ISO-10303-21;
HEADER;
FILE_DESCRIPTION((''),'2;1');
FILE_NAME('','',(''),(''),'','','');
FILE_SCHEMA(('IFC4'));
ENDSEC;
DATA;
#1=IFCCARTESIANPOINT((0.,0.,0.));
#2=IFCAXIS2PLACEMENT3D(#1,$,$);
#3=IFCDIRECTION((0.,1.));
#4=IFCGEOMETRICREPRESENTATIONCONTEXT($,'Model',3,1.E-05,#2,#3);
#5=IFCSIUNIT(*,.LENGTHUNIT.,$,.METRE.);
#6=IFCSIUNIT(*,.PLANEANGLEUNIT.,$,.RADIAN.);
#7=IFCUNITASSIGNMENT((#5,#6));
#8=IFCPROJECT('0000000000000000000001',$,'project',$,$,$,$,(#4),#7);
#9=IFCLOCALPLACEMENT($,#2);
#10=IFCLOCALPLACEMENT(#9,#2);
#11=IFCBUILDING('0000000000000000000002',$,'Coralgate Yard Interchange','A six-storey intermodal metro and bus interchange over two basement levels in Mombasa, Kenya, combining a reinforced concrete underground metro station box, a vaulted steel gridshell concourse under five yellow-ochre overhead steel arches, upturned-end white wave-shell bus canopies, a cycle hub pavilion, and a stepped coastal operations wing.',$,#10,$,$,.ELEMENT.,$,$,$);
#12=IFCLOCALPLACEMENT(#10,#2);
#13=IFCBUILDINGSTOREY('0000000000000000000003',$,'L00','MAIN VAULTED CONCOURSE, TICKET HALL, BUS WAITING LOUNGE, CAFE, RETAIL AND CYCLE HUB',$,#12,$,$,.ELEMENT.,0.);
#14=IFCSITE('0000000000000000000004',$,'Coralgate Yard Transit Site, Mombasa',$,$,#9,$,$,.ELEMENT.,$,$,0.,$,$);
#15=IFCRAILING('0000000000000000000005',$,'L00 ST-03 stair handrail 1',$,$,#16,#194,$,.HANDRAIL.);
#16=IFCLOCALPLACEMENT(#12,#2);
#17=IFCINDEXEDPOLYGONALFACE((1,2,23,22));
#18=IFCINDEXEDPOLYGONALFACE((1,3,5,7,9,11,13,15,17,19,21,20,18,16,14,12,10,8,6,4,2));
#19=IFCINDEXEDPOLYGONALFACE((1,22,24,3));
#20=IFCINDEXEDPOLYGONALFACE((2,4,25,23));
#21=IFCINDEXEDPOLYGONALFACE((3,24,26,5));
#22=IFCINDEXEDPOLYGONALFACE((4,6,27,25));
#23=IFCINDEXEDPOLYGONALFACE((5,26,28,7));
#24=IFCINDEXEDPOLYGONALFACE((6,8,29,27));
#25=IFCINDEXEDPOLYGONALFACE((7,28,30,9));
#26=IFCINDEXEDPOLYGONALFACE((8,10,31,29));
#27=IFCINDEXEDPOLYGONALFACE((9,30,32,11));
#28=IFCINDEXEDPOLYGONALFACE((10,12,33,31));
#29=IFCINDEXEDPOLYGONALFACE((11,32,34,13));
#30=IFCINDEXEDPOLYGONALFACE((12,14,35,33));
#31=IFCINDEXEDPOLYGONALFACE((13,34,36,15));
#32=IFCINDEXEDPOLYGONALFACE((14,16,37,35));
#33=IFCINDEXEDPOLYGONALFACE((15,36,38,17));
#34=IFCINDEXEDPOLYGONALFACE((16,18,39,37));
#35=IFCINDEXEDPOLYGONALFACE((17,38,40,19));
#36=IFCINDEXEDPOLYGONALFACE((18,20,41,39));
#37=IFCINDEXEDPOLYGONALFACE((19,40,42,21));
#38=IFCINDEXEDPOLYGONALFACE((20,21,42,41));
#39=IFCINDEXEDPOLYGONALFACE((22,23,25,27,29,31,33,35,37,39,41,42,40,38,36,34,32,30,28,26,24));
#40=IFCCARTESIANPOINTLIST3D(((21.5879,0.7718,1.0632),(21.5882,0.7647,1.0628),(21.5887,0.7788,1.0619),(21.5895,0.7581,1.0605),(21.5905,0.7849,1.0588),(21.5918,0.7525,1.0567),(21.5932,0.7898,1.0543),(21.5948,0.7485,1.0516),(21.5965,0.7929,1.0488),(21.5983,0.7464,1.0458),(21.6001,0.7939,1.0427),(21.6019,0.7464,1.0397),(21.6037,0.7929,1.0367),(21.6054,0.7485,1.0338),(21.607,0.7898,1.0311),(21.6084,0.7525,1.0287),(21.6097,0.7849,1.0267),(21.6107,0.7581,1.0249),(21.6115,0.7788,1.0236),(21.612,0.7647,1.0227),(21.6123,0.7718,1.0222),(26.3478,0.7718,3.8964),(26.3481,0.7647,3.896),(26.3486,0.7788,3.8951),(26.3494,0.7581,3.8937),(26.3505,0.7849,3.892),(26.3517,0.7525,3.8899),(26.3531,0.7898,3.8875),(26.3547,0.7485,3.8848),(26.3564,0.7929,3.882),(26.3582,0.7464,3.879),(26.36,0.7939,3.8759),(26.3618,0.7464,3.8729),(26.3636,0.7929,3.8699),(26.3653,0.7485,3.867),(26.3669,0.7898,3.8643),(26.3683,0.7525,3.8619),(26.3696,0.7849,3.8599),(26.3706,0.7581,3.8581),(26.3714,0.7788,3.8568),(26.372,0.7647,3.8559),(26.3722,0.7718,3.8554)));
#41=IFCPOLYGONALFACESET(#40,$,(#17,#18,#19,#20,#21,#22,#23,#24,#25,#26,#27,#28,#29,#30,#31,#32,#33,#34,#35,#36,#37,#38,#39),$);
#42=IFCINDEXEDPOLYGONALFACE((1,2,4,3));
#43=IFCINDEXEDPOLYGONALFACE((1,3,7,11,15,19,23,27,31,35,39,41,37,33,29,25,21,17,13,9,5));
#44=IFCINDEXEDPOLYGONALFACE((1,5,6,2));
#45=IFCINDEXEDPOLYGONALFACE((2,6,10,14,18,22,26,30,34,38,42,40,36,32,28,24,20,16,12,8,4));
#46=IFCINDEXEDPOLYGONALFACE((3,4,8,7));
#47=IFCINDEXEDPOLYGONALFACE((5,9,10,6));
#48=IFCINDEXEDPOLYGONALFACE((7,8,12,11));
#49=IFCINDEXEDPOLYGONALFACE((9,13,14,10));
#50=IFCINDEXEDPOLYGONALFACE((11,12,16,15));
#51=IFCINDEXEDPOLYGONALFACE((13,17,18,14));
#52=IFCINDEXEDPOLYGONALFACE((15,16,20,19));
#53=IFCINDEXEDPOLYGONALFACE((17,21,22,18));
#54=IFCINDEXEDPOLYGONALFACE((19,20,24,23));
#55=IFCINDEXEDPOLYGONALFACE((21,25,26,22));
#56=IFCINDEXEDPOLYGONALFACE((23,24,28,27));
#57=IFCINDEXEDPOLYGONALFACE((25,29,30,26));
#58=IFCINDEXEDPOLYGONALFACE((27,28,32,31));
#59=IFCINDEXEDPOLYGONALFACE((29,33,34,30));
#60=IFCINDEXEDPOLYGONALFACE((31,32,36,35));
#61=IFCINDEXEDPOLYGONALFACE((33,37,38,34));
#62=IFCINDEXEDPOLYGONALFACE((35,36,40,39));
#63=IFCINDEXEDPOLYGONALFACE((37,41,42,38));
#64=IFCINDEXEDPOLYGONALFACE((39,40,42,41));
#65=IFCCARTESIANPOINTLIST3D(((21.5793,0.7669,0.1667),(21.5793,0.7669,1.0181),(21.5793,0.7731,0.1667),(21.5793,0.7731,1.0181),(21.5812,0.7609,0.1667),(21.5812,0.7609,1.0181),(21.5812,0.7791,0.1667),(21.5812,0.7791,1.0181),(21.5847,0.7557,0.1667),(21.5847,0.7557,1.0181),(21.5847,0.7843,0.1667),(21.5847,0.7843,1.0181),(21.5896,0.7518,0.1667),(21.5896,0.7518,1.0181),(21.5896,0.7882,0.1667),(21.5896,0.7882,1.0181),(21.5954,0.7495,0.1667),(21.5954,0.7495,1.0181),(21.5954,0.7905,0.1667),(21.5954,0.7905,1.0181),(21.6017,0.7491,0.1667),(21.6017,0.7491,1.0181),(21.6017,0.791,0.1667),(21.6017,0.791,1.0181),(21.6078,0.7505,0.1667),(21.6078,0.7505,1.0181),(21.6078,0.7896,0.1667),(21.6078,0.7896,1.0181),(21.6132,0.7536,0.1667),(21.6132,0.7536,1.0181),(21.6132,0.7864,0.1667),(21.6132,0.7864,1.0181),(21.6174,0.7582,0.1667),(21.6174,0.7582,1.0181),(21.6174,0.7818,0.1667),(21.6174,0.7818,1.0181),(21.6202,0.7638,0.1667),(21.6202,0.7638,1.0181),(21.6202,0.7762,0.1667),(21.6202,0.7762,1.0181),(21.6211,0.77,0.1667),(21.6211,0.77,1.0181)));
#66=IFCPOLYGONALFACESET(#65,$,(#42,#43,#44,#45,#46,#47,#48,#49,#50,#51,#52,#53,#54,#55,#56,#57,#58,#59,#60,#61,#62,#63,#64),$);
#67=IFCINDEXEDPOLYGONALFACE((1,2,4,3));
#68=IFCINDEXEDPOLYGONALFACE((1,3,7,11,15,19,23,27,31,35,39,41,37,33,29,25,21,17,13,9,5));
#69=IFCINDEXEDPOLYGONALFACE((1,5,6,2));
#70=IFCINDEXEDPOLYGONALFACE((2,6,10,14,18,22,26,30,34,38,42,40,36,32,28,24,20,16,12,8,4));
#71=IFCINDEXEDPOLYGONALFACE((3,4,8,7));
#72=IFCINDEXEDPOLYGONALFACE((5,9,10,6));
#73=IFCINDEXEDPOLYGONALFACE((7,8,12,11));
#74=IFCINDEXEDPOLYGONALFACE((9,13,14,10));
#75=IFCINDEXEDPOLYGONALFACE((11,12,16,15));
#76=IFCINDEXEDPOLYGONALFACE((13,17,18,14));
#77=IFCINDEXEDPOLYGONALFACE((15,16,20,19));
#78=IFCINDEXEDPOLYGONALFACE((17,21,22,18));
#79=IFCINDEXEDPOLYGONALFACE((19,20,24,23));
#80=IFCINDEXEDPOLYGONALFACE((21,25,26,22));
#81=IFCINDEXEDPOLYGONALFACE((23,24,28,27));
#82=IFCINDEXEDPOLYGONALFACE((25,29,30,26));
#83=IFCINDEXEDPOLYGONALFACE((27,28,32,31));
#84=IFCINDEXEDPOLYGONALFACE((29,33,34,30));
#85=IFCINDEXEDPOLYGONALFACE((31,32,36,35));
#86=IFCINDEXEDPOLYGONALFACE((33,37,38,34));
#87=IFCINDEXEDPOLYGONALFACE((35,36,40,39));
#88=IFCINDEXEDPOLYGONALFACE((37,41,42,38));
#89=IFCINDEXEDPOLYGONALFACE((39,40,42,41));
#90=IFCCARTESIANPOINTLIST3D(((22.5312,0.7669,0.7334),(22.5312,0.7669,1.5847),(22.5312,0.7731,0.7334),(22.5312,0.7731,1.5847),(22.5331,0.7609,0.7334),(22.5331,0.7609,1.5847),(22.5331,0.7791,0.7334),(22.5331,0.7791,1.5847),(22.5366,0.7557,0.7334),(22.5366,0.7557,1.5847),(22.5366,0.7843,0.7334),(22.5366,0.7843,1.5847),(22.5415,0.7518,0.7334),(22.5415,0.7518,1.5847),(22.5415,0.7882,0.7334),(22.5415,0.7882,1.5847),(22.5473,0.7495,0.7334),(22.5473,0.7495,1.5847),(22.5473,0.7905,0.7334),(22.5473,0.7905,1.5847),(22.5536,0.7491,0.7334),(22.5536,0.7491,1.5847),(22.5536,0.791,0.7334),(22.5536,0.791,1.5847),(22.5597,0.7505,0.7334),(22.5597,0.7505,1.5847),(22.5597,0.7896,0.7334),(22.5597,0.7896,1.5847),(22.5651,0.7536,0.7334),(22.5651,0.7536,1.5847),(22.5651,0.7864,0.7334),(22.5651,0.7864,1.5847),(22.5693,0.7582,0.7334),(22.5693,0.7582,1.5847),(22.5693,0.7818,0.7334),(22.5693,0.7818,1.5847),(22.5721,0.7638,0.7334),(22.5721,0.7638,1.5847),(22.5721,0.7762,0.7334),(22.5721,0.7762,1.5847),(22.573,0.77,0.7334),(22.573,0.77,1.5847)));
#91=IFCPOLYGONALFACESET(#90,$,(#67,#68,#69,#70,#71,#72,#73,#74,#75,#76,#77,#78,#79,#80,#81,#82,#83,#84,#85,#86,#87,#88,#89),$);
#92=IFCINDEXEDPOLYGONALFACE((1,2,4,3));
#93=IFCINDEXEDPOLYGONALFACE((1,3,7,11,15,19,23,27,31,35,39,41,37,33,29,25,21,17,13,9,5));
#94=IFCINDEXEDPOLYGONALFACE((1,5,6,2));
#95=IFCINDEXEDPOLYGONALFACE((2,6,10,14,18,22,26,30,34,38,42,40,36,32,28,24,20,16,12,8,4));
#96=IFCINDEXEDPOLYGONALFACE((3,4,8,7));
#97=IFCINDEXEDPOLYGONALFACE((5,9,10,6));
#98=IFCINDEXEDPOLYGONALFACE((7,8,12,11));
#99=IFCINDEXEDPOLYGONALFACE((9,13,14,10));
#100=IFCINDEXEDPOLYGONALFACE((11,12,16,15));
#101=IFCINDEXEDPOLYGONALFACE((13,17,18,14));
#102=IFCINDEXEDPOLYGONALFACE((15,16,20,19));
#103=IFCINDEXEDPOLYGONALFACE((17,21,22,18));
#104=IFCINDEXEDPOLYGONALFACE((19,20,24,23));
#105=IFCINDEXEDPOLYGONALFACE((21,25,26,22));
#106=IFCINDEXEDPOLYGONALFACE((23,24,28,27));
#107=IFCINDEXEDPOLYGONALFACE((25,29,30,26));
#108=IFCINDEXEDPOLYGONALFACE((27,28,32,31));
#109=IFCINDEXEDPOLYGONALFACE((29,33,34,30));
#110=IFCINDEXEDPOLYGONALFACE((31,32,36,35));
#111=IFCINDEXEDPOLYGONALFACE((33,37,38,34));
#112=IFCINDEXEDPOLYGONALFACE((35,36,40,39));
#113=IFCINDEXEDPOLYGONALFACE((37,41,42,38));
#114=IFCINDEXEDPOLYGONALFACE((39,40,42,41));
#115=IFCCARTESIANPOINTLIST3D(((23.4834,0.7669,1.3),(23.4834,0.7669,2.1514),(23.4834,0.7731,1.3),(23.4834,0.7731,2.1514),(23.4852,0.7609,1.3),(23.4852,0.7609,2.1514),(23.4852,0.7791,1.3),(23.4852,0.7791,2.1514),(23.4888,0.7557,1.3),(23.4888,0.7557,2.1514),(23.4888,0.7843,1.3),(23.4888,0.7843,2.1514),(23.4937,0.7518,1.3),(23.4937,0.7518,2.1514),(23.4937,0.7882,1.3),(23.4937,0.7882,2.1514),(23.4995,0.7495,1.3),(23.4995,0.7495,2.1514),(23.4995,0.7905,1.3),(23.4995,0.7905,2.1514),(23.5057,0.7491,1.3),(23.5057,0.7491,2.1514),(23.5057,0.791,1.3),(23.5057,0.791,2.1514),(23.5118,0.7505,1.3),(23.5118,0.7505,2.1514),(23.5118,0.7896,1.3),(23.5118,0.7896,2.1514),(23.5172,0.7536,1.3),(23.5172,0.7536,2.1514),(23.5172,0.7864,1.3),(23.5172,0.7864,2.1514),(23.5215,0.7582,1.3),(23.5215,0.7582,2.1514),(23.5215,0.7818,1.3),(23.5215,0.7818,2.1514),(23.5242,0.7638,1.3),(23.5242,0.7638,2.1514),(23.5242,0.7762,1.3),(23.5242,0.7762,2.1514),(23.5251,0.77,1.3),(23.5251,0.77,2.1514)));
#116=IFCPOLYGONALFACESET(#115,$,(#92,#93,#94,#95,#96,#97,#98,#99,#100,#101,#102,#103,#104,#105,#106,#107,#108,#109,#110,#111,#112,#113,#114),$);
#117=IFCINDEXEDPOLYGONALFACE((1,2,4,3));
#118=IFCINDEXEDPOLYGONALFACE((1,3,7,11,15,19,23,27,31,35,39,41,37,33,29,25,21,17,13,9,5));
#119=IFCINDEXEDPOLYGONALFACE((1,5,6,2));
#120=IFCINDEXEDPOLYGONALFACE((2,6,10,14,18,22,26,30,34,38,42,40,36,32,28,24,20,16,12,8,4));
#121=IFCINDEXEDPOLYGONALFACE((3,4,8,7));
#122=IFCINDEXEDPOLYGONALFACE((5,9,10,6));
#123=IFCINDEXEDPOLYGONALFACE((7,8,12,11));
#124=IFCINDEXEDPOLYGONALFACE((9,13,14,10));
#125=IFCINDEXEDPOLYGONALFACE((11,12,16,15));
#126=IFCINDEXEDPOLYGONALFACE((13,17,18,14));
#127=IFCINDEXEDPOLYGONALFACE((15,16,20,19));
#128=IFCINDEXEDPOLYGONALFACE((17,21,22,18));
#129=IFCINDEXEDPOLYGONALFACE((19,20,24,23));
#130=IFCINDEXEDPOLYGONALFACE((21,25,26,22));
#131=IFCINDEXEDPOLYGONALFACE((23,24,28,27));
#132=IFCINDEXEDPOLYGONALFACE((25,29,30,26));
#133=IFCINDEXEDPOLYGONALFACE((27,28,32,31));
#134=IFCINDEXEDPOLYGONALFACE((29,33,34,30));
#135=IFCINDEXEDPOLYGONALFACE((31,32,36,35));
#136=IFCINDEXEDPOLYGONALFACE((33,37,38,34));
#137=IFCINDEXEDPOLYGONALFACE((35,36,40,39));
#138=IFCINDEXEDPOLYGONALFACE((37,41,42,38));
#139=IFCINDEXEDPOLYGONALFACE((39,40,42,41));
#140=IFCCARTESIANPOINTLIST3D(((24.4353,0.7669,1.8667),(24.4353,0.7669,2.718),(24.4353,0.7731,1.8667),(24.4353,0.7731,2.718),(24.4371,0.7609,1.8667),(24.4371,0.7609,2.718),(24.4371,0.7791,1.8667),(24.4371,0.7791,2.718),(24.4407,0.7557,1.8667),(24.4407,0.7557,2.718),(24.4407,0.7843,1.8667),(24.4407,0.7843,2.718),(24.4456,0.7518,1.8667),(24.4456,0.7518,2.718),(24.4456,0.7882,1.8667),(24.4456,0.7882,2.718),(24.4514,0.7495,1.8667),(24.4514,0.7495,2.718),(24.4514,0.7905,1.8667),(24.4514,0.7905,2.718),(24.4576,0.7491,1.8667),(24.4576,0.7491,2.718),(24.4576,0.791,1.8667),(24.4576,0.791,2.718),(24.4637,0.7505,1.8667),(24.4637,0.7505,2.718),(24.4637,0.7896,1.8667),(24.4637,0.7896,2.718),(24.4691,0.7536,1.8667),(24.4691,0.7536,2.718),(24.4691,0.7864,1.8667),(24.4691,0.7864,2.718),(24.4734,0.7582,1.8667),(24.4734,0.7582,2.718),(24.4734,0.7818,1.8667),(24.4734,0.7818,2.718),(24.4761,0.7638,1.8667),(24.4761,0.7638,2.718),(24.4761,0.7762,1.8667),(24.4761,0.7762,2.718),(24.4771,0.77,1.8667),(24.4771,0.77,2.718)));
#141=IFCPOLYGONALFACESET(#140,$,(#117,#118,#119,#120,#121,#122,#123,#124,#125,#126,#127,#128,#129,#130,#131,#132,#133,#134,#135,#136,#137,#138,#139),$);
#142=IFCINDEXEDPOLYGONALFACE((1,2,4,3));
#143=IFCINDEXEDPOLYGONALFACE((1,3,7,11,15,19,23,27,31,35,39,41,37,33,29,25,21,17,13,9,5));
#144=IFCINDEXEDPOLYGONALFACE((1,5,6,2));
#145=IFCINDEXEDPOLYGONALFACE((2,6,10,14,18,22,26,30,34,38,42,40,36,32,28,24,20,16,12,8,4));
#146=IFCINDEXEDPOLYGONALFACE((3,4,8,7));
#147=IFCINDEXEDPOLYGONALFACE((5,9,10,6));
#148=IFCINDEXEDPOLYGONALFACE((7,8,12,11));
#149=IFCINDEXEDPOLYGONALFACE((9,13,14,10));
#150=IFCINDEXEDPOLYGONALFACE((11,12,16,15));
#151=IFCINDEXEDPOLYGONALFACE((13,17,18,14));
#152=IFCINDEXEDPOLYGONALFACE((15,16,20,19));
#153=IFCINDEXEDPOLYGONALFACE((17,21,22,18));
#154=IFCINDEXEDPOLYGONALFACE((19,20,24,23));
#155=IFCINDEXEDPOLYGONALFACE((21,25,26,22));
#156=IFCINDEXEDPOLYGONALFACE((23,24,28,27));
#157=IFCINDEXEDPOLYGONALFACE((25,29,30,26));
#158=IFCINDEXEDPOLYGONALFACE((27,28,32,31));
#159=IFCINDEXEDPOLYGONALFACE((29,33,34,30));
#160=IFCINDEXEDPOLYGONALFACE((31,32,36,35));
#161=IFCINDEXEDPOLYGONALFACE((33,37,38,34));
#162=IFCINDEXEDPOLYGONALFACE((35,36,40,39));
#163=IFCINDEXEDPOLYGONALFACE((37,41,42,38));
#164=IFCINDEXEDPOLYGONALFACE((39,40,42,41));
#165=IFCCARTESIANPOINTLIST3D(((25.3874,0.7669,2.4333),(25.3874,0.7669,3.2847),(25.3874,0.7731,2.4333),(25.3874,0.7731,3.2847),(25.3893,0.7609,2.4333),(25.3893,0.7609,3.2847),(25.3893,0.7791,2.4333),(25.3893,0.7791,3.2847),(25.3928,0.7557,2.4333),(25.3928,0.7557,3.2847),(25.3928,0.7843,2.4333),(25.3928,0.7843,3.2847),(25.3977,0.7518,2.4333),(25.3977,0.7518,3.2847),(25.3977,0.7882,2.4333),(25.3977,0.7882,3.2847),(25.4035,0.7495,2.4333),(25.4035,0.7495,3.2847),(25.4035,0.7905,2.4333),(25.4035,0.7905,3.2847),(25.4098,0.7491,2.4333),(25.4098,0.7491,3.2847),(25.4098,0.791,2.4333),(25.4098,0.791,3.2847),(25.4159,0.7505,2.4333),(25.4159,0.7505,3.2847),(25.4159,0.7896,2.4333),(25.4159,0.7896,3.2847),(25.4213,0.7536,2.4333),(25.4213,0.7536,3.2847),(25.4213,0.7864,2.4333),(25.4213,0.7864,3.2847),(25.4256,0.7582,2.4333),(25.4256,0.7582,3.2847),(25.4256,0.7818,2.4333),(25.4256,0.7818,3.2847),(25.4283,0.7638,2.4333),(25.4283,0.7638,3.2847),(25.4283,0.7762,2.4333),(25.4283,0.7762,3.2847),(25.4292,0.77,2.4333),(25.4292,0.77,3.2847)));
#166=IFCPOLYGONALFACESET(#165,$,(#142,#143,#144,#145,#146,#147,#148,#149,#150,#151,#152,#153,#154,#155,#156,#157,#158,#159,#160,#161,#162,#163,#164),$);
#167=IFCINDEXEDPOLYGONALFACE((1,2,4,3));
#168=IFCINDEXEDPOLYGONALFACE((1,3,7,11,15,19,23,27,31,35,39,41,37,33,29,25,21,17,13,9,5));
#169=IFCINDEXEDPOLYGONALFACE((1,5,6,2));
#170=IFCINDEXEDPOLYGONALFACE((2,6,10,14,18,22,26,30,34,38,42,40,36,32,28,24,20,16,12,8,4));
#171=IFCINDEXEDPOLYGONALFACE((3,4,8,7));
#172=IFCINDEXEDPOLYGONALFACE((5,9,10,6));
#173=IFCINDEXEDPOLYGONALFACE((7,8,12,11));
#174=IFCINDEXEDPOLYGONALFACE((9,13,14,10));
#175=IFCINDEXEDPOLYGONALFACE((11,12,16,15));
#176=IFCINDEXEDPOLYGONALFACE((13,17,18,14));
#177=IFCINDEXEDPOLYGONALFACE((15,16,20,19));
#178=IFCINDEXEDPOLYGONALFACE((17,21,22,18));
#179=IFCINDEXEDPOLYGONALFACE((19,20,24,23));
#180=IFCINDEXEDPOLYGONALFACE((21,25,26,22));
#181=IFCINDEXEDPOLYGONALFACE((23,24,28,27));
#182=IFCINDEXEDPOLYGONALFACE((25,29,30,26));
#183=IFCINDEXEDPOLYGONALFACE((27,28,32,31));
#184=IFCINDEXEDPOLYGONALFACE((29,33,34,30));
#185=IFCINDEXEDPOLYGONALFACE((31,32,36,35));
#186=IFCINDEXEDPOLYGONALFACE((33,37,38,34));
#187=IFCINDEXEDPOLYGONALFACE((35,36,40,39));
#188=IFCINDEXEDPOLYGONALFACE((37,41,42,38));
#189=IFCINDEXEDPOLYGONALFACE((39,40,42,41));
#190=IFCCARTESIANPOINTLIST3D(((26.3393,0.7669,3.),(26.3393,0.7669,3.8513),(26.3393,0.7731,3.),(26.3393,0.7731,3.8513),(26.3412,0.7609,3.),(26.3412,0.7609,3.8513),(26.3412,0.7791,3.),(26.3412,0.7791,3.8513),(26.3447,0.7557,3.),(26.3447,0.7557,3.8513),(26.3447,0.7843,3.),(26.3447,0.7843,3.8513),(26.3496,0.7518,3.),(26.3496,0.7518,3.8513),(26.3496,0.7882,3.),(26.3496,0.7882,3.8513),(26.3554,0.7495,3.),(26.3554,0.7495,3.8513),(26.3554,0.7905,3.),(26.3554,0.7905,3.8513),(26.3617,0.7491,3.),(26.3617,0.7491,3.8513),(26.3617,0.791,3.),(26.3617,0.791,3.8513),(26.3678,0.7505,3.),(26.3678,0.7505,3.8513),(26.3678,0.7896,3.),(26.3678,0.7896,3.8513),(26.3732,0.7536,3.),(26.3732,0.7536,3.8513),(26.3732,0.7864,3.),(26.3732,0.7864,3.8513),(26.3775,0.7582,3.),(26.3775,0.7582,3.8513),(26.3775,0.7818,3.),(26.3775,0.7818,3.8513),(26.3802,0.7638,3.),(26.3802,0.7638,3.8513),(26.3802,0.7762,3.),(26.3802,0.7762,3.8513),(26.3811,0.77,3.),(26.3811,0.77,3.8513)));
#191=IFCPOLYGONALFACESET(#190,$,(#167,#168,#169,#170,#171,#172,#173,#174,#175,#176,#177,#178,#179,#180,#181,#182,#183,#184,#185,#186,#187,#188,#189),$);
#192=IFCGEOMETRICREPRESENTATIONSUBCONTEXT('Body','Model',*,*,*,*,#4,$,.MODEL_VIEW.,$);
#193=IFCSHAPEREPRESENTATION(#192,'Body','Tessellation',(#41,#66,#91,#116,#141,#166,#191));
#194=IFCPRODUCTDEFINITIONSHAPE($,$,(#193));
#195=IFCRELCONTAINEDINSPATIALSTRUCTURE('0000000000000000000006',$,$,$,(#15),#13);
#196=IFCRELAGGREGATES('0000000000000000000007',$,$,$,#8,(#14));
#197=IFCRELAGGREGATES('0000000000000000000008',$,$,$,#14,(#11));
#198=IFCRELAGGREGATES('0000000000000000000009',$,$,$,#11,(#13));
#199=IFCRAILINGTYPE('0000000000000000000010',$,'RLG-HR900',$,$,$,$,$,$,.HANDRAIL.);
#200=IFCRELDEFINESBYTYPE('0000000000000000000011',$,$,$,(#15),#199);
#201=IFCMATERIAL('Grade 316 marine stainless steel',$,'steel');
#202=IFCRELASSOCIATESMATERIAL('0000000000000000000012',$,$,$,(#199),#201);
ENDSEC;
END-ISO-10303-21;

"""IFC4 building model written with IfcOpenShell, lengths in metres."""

from ifc_helpers import new_model, si_unit, direction, frame, origin, origin_2d, place, context, subcontext, project, spatial, circle, extrude, material, type_object, element, save


model = new_model("IFC4")

# Units and contexts
model_context = context("Model", 3, precision=1e-05, world=origin(), true_north=direction((0.0, 1.0)))
body_context = subcontext(model_context, "Body", "Model", "MODEL_VIEW")
ifc_project = project(units=[si_unit("LENGTHUNIT", "METRE"), si_unit("PLANEANGLEUNIT", "RADIAN")], contexts=[model_context])

# Site, building, storey
site_placement = place(None, origin())
site = spatial("IfcSite", under=ifc_project, at=site_placement, Name="Coralgate Yard Transit Site, Mombasa", CompositionType="ELEMENT", RefElevation=0.0)
building_placement = place(site_placement, origin())
building = spatial("IfcBuilding", under=site, at=building_placement, Name="Coralgate Yard Interchange", Description="A six-storey intermodal metro and bus interchange over two basement levels in Mombasa, Kenya, combining a reinforced concrete underground metro station box, a vaulted steel gridshell concourse under five yellow-ochre overhead steel arches, upturned-end white wave-shell bus canopies, a cycle hub pavilion, and a stepped coastal operations wing.", CompositionType="ELEMENT")
storey_placement = place(building_placement, origin())
storey = spatial("IfcBuildingStorey", under=building, at=storey_placement, Name="L00", Description="MAIN VAULTED CONCOURSE, TICKET HALL, BUS WAITING LOUNGE, CAFE, RETAIL AND CYCLE HUB", CompositionType="ELEMENT", Elevation=0.0)

# Railing
ifc_material_1 = material(Name="Grade 316 marine stainless steel", Category="steel")
railing_type_1 = type_object("IfcRailingType", Name="RLG-HR900", PredefinedType="HANDRAIL", material=ifc_material_1)
railing_1_placement = place(storey_placement, frame((21.6001, 0.77, 0.1667)))
element("IfcRailing", 1, at=railing_1_placement, inside=storey, type_object=railing_type_1, Name="L00 ST-03 stair handrail 1", PredefinedType="HANDRAIL", context=body_context, shape_type="SweptSolid", body=[
    extrude(circle(Radius=0.0239, at=origin_2d()), frame((0.0, 0.0, 0.876), z_axis=(0.8593, 0.0, 0.511472), x_axis=(0.0, 1.0, 0.0)), (0.0, 0.0, 1.0), 5.5393),
    extrude(circle(Radius=0.021, at=origin_2d()), origin(), (0.0, 0.0, 1.0), 0.8513),
    extrude(circle(Radius=0.021, at=origin_2d()), frame((0.9519, 0.0, 0.5667)), (0.0, 0.0, 1.0), 0.8513),
    extrude(circle(Radius=0.021, at=origin_2d()), frame((1.9041, 0.0, 1.1333)), (0.0, 0.0, 1.0), 0.8513),
    extrude(circle(Radius=0.021, at=origin_2d()), frame((2.856, 0.0, 1.7)), (0.0, 0.0, 1.0), 0.8513),
    extrude(circle(Radius=0.021, at=origin_2d()), frame((3.8081, 0.0, 2.2666)), (0.0, 0.0, 1.0), 0.8513),
    extrude(circle(Radius=0.021, at=origin_2d()), frame((4.76, 0.0, 2.8333)), (0.0, 0.0, 1.0), 0.8513),
])

save(model, "model.ifc")
